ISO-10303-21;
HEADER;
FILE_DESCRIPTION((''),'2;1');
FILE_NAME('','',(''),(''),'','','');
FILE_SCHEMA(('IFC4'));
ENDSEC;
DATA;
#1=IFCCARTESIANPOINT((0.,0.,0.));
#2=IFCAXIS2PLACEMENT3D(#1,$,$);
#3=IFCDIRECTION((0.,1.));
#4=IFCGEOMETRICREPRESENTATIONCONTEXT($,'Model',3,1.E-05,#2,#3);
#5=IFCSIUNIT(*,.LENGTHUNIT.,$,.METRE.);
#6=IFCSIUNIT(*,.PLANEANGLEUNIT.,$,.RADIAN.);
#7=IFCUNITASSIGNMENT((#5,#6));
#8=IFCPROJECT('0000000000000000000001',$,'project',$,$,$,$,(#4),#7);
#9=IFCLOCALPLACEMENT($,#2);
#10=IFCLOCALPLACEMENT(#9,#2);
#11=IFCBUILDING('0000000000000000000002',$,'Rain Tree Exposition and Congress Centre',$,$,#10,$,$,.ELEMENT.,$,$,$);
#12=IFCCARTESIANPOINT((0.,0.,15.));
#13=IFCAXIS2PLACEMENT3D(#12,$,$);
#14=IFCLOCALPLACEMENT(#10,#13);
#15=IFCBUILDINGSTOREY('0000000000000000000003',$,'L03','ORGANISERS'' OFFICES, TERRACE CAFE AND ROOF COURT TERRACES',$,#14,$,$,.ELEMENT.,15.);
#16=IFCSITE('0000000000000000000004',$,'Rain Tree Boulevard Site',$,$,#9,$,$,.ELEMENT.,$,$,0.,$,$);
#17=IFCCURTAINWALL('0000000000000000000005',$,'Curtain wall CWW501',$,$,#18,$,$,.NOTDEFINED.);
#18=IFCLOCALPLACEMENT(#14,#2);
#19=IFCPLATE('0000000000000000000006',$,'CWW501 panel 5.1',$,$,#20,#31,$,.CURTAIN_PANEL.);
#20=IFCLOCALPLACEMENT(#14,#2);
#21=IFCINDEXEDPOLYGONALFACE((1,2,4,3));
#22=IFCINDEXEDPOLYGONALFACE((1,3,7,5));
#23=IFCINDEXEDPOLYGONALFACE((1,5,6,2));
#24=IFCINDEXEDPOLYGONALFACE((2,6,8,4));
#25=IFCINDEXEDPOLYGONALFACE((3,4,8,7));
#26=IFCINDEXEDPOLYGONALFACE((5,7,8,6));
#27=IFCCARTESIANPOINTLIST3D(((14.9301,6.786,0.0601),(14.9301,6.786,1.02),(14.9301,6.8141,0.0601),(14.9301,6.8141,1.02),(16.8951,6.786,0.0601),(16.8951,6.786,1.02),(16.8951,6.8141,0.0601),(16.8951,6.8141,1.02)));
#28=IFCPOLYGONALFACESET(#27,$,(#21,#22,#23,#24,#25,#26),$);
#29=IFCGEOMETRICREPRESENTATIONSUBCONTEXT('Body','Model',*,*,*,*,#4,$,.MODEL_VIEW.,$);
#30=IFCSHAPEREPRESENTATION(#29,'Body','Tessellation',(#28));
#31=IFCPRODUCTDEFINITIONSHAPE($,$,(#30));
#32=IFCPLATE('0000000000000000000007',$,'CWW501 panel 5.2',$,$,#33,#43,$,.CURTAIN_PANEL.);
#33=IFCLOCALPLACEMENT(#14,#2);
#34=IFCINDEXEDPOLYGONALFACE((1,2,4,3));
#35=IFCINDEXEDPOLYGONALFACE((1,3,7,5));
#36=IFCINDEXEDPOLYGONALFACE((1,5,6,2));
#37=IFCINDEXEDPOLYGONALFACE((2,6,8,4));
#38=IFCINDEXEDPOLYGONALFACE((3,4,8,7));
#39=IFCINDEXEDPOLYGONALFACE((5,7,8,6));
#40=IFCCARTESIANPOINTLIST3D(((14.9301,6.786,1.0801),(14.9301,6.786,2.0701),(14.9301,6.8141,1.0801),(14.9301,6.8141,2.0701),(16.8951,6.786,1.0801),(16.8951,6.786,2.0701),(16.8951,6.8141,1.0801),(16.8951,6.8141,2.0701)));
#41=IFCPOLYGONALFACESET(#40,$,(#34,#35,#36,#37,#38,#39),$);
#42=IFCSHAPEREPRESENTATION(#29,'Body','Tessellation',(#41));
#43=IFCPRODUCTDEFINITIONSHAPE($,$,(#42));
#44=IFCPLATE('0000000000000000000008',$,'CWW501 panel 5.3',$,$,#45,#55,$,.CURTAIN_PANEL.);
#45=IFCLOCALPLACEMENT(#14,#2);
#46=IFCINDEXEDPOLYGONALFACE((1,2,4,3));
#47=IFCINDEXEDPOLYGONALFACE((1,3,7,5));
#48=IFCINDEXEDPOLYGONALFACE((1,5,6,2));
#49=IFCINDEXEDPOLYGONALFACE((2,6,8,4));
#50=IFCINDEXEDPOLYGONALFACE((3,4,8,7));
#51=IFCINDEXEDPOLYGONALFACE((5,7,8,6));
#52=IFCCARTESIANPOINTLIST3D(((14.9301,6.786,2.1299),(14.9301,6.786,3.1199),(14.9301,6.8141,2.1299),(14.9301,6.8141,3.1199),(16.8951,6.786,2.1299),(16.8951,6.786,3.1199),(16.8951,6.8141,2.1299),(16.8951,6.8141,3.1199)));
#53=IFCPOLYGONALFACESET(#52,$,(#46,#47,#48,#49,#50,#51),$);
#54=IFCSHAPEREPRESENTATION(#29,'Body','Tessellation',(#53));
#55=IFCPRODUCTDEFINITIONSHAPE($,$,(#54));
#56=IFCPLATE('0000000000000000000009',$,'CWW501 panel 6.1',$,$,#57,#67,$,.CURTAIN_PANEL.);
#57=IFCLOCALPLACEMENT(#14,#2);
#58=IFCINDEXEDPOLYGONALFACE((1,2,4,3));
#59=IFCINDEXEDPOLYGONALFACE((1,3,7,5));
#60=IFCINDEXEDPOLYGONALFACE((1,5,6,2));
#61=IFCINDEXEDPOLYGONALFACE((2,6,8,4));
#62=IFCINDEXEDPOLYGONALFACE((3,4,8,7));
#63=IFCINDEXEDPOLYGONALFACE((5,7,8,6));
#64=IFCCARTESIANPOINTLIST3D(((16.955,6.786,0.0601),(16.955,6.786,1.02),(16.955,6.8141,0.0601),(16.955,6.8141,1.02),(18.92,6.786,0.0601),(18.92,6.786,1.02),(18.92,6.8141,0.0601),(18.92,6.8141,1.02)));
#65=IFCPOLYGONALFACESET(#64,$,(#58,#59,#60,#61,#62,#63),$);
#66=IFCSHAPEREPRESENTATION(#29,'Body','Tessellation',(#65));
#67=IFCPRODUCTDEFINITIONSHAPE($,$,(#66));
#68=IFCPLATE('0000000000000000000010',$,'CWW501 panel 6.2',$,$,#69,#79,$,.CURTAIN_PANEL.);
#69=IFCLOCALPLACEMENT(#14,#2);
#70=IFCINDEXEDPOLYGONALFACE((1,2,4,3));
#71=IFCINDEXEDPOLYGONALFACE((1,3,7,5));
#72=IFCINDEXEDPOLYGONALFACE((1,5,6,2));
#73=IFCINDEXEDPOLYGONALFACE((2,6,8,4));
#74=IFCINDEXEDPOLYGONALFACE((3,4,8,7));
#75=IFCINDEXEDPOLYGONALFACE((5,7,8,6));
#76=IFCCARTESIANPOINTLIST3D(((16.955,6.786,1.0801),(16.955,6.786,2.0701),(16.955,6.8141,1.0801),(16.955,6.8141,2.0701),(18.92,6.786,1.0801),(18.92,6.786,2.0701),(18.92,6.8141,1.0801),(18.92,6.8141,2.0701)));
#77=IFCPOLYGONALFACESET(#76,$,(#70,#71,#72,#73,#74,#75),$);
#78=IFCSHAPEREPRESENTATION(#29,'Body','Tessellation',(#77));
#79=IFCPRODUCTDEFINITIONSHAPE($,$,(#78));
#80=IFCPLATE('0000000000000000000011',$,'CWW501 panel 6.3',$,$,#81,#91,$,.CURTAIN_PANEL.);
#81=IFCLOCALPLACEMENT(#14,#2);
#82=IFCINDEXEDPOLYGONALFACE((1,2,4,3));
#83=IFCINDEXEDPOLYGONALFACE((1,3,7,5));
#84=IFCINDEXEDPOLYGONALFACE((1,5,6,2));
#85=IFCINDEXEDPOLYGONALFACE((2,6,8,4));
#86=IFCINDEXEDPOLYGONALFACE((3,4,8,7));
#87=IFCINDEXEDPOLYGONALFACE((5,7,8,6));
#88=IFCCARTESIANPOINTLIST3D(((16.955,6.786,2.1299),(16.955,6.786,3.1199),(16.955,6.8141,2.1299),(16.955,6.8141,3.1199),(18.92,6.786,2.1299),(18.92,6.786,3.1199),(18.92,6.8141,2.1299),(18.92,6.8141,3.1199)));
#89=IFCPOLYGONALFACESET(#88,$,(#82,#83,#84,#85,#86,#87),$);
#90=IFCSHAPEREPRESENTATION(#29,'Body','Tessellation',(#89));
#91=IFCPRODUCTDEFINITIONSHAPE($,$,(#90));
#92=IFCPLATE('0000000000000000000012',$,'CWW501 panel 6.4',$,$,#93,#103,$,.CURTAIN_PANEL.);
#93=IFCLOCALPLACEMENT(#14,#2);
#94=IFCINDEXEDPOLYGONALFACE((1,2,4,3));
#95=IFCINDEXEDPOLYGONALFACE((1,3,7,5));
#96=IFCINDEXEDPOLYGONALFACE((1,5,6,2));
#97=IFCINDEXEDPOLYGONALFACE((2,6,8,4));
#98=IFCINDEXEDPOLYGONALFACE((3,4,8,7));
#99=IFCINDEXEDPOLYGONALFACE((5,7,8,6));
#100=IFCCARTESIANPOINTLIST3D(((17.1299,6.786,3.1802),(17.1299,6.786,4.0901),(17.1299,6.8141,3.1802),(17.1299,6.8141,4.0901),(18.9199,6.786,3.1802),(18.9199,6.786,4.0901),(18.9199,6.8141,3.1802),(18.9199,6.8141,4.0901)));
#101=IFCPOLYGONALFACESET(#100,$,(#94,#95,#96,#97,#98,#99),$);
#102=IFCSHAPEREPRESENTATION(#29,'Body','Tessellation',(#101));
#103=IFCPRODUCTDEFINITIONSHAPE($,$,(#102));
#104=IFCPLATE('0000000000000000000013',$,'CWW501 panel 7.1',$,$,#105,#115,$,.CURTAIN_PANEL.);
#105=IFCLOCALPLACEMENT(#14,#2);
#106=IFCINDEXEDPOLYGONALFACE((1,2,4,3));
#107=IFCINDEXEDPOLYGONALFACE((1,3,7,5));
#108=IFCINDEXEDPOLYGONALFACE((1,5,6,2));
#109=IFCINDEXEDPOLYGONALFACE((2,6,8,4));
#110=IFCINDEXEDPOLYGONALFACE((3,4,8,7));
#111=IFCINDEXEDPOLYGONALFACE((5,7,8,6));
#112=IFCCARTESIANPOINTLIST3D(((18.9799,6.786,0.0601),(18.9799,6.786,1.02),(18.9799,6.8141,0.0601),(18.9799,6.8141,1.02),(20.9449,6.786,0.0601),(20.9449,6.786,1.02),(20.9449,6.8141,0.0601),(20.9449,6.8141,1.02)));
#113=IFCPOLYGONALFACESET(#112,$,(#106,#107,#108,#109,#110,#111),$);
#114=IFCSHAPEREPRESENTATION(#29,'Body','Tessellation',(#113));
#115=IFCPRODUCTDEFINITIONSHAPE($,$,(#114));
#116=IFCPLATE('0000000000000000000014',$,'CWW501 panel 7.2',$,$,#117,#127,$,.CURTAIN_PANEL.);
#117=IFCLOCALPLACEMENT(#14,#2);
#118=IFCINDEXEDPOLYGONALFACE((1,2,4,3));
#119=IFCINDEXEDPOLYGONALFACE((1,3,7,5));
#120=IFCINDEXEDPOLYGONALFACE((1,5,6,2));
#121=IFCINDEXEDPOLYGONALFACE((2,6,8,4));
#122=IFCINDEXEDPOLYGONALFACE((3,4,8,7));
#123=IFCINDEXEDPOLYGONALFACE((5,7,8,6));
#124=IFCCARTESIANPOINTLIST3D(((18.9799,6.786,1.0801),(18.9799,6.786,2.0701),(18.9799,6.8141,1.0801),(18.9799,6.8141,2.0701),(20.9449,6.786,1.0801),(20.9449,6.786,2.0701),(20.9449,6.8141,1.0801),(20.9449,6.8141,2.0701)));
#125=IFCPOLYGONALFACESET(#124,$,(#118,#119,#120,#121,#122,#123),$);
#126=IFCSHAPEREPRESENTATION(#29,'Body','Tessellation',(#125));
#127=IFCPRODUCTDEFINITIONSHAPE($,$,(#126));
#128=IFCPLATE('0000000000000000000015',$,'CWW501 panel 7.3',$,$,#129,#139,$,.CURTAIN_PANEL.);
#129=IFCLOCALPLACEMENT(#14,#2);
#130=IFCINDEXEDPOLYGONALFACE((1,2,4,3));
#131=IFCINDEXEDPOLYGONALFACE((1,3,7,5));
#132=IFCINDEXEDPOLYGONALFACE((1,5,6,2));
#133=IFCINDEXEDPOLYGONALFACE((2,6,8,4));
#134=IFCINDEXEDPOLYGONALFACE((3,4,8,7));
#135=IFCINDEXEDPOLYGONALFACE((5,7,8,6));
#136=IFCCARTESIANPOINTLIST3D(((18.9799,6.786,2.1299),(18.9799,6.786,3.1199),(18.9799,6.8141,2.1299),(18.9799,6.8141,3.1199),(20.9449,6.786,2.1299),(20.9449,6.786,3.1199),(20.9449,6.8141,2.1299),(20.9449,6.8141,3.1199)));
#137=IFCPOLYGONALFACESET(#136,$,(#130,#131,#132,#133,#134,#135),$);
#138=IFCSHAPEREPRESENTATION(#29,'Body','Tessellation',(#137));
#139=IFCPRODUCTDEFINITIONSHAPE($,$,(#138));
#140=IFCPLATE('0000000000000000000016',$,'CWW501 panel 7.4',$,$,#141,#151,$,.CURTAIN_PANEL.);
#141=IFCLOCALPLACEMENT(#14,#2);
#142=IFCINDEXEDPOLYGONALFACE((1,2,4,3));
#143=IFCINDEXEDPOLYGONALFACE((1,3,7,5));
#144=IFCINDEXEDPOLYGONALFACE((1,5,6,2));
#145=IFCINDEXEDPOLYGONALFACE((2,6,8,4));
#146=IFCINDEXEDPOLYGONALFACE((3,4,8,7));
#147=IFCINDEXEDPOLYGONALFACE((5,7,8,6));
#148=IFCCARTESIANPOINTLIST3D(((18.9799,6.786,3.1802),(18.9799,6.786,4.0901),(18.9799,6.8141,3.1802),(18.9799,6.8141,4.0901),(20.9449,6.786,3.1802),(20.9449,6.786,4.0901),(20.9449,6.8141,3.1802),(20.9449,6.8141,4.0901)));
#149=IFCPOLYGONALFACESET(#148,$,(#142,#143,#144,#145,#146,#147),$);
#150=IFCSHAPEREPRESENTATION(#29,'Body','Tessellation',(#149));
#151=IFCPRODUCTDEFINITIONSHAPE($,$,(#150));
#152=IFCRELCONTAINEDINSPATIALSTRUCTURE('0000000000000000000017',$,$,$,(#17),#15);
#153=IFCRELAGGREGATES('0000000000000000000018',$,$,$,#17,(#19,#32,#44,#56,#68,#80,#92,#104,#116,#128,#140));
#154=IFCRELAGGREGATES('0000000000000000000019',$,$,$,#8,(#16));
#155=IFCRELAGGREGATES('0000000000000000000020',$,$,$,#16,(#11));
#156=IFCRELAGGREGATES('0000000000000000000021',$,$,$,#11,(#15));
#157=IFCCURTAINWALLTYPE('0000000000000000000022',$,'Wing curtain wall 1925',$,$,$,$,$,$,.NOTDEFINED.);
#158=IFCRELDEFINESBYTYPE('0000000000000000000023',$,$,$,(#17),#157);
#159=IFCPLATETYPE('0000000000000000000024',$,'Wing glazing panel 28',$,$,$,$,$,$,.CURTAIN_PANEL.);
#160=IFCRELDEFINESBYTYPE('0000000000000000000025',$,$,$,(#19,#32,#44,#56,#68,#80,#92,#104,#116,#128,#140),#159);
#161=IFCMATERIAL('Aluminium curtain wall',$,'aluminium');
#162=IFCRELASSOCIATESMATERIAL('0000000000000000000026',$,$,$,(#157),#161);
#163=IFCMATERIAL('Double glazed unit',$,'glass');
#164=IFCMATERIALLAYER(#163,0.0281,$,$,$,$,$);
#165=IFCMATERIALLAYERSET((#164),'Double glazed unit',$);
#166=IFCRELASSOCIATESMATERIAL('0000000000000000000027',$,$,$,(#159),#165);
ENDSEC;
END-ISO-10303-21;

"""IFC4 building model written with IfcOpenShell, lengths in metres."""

from ifc_helpers import new_model, si_unit, direction, frame, origin, origin_2d, place, context, subcontext, project, spatial, rectangle, extrude, material, layer, layer_set, type_object, element, aggregate, save


model = new_model("IFC4")

# Units and contexts
model_context = context("Model", 3, precision=1e-05, world=origin(), true_north=direction((0.0, 1.0)))
body_context = subcontext(model_context, "Body", "Model", "MODEL_VIEW")
ifc_project = project(units=[si_unit("LENGTHUNIT", "METRE"), si_unit("PLANEANGLEUNIT", "RADIAN")], contexts=[model_context])

# Site, building, storey
site_placement = place(None, origin())
site = spatial("IfcSite", under=ifc_project, at=site_placement, Name="Rain Tree Boulevard Site", CompositionType="ELEMENT", RefElevation=0.0)
building_placement = place(site_placement, origin())
building = spatial("IfcBuilding", under=site, at=building_placement, Name="Rain Tree Exposition and Congress Centre", CompositionType="ELEMENT")
storey_placement = place(building_placement, frame((0.0, 0.0, 15.0)))
storey = spatial("IfcBuildingStorey", under=building, at=storey_placement, Name="L03", Description="ORGANISERS' OFFICES, TERRACE CAFE AND ROOF COURT TERRACES", CompositionType="ELEMENT", Elevation=15.0)

# Curtain wall, plates
ifc_material_1 = material(Name="Aluminium curtain wall", Category="aluminium")
curtain_wall_type = type_object("IfcCurtainWallType", Name="Wing curtain wall 1925", PredefinedType="NOTDEFINED", material=ifc_material_1)
curtain_wall_placement = place(storey_placement, origin())
curtain_wall = element("IfcCurtainWall", 1, at=curtain_wall_placement, inside=storey, type_object=curtain_wall_type, Name="Curtain wall CWW501", PredefinedType="NOTDEFINED")
ifc_material_2 = material(Name="Double glazed unit", Category="glass")
ifc_layer = layer(ifc_material_2, 0.0281)
ifc_layer_set = layer_set([ifc_layer], Name="Double glazed unit")
plate_type = type_object("IfcPlateType", Name="Wing glazing panel 28", PredefinedType="CURTAIN_PANEL", material=ifc_layer_set)
plate_1_placement = place(storey_placement, frame((15.9126, 6.8, 0.0601), z_axis=(0.0, 0.0, 1.0), x_axis=(1.0, 0.0, 0.0)))
plate_1 = element("IfcPlate", 2, at=plate_1_placement, type_object=plate_type, Name="CWW501 panel 5.1", PredefinedType="CURTAIN_PANEL", context=body_context, shape_type="SweptSolid", body=[
    extrude(rectangle(XDim=1.9651, YDim=0.0281, at=origin_2d()), origin(), (0.0, 0.0, 1.0), 0.96),
])
plate_2_placement = place(storey_placement, frame((15.9126, 6.8, 1.0801), z_axis=(0.0, 0.0, 1.0), x_axis=(1.0, 0.0, 0.0)))
plate_2 = element("IfcPlate", 3, at=plate_2_placement, type_object=plate_type, Name="CWW501 panel 5.2", PredefinedType="CURTAIN_PANEL", context=body_context, shape_type="SweptSolid", body=[
    extrude(rectangle(XDim=1.9651, YDim=0.0281, at=origin_2d()), origin(), (0.0, 0.0, 1.0), 0.99),
])
plate_3_placement = place(storey_placement, frame((15.9126, 6.8, 2.1299), z_axis=(0.0, 0.0, 1.0), x_axis=(1.0, 0.0, 0.0)))
plate_3 = element("IfcPlate", 4, at=plate_3_placement, type_object=plate_type, Name="CWW501 panel 5.3", PredefinedType="CURTAIN_PANEL", context=body_context, shape_type="SweptSolid", body=[
    extrude(rectangle(XDim=1.9651, YDim=0.0281, at=origin_2d()), origin(), (0.0, 0.0, 1.0), 0.99),
])
plate_4_placement = place(storey_placement, frame((17.9375, 6.8, 0.0601), z_axis=(0.0, 0.0, 1.0), x_axis=(1.0, 0.0, 0.0)))
plate_4 = element("IfcPlate", 5, at=plate_4_placement, type_object=plate_type, Name="CWW501 panel 6.1", PredefinedType="CURTAIN_PANEL", context=body_context, shape_type="SweptSolid", body=[
    extrude(rectangle(XDim=1.9651, YDim=0.0281, at=origin_2d()), origin(), (0.0, 0.0, 1.0), 0.96),
])
plate_5_placement = place(storey_placement, frame((17.9375, 6.8, 1.0801), z_axis=(0.0, 0.0, 1.0), x_axis=(1.0, 0.0, 0.0)))
plate_5 = element("IfcPlate", 6, at=plate_5_placement, type_object=plate_type, Name="CWW501 panel 6.2", PredefinedType="CURTAIN_PANEL", context=body_context, shape_type="SweptSolid", body=[
    extrude(rectangle(XDim=1.9651, YDim=0.0281, at=origin_2d()), origin(), (0.0, 0.0, 1.0), 0.99),
])
plate_6_placement = place(storey_placement, frame((17.9375, 6.8, 2.1299), z_axis=(0.0, 0.0, 1.0), x_axis=(1.0, 0.0, 0.0)))
plate_6 = element("IfcPlate", 7, at=plate_6_placement, type_object=plate_type, Name="CWW501 panel 6.3", PredefinedType="CURTAIN_PANEL", context=body_context, shape_type="SweptSolid", body=[
    extrude(rectangle(XDim=1.9651, YDim=0.0281, at=origin_2d()), origin(), (0.0, 0.0, 1.0), 0.99),
])
plate_7_placement = place(storey_placement, frame((18.0249, 6.8, 3.1802), z_axis=(0.0, 0.0, 1.0), x_axis=(1.0, 0.0, 0.0)))
plate_7 = element("IfcPlate", 8, at=plate_7_placement, type_object=plate_type, Name="CWW501 panel 6.4", PredefinedType="CURTAIN_PANEL", context=body_context, shape_type="SweptSolid", body=[
    extrude(rectangle(XDim=1.79, YDim=0.0281, at=origin_2d()), origin(), (0.0, 0.0, 1.0), 0.9099),
])
plate_8_placement = place(storey_placement, frame((19.9624, 6.8, 0.0601), z_axis=(0.0, 0.0, 1.0), x_axis=(1.0, 0.0, 0.0)))
plate_8 = element("IfcPlate", 9, at=plate_8_placement, type_object=plate_type, Name="CWW501 panel 7.1", PredefinedType="CURTAIN_PANEL", context=body_context, shape_type="SweptSolid", body=[
    extrude(rectangle(XDim=1.9651, YDim=0.0281, at=origin_2d()), origin(), (0.0, 0.0, 1.0), 0.96),
])
plate_9_placement = place(storey_placement, frame((19.9624, 6.8, 1.0801), z_axis=(0.0, 0.0, 1.0), x_axis=(1.0, 0.0, 0.0)))
plate_9 = element("IfcPlate", 10, at=plate_9_placement, type_object=plate_type, Name="CWW501 panel 7.2", PredefinedType="CURTAIN_PANEL", context=body_context, shape_type="SweptSolid", body=[
    extrude(rectangle(XDim=1.9651, YDim=0.0281, at=origin_2d()), origin(), (0.0, 0.0, 1.0), 0.99),
])
plate_10_placement = place(storey_placement, frame((19.9624, 6.8, 2.1299), z_axis=(0.0, 0.0, 1.0), x_axis=(1.0, 0.0, 0.0)))
plate_10 = element("IfcPlate", 11, at=plate_10_placement, type_object=plate_type, Name="CWW501 panel 7.3", PredefinedType="CURTAIN_PANEL", context=body_context, shape_type="SweptSolid", body=[
    extrude(rectangle(XDim=1.9651, YDim=0.0281, at=origin_2d()), origin(), (0.0, 0.0, 1.0), 0.99),
])
plate_11_placement = place(storey_placement, frame((19.9624, 6.8, 3.1802), z_axis=(0.0, 0.0, 1.0), x_axis=(1.0, 0.0, 0.0)))
plate_11 = element("IfcPlate", 12, at=plate_11_placement, type_object=plate_type, Name="CWW501 panel 7.4", PredefinedType="CURTAIN_PANEL", context=body_context, shape_type="SweptSolid", body=[
    extrude(rectangle(XDim=1.9651, YDim=0.0281, at=origin_2d()), origin(), (0.0, 0.0, 1.0), 0.9099),
])
aggregate(curtain_wall, [plate_1, plate_2, plate_3, plate_4, plate_5, plate_6, plate_7, plate_8, plate_9, plate_10, plate_11])

save(model, "model.ifc")
